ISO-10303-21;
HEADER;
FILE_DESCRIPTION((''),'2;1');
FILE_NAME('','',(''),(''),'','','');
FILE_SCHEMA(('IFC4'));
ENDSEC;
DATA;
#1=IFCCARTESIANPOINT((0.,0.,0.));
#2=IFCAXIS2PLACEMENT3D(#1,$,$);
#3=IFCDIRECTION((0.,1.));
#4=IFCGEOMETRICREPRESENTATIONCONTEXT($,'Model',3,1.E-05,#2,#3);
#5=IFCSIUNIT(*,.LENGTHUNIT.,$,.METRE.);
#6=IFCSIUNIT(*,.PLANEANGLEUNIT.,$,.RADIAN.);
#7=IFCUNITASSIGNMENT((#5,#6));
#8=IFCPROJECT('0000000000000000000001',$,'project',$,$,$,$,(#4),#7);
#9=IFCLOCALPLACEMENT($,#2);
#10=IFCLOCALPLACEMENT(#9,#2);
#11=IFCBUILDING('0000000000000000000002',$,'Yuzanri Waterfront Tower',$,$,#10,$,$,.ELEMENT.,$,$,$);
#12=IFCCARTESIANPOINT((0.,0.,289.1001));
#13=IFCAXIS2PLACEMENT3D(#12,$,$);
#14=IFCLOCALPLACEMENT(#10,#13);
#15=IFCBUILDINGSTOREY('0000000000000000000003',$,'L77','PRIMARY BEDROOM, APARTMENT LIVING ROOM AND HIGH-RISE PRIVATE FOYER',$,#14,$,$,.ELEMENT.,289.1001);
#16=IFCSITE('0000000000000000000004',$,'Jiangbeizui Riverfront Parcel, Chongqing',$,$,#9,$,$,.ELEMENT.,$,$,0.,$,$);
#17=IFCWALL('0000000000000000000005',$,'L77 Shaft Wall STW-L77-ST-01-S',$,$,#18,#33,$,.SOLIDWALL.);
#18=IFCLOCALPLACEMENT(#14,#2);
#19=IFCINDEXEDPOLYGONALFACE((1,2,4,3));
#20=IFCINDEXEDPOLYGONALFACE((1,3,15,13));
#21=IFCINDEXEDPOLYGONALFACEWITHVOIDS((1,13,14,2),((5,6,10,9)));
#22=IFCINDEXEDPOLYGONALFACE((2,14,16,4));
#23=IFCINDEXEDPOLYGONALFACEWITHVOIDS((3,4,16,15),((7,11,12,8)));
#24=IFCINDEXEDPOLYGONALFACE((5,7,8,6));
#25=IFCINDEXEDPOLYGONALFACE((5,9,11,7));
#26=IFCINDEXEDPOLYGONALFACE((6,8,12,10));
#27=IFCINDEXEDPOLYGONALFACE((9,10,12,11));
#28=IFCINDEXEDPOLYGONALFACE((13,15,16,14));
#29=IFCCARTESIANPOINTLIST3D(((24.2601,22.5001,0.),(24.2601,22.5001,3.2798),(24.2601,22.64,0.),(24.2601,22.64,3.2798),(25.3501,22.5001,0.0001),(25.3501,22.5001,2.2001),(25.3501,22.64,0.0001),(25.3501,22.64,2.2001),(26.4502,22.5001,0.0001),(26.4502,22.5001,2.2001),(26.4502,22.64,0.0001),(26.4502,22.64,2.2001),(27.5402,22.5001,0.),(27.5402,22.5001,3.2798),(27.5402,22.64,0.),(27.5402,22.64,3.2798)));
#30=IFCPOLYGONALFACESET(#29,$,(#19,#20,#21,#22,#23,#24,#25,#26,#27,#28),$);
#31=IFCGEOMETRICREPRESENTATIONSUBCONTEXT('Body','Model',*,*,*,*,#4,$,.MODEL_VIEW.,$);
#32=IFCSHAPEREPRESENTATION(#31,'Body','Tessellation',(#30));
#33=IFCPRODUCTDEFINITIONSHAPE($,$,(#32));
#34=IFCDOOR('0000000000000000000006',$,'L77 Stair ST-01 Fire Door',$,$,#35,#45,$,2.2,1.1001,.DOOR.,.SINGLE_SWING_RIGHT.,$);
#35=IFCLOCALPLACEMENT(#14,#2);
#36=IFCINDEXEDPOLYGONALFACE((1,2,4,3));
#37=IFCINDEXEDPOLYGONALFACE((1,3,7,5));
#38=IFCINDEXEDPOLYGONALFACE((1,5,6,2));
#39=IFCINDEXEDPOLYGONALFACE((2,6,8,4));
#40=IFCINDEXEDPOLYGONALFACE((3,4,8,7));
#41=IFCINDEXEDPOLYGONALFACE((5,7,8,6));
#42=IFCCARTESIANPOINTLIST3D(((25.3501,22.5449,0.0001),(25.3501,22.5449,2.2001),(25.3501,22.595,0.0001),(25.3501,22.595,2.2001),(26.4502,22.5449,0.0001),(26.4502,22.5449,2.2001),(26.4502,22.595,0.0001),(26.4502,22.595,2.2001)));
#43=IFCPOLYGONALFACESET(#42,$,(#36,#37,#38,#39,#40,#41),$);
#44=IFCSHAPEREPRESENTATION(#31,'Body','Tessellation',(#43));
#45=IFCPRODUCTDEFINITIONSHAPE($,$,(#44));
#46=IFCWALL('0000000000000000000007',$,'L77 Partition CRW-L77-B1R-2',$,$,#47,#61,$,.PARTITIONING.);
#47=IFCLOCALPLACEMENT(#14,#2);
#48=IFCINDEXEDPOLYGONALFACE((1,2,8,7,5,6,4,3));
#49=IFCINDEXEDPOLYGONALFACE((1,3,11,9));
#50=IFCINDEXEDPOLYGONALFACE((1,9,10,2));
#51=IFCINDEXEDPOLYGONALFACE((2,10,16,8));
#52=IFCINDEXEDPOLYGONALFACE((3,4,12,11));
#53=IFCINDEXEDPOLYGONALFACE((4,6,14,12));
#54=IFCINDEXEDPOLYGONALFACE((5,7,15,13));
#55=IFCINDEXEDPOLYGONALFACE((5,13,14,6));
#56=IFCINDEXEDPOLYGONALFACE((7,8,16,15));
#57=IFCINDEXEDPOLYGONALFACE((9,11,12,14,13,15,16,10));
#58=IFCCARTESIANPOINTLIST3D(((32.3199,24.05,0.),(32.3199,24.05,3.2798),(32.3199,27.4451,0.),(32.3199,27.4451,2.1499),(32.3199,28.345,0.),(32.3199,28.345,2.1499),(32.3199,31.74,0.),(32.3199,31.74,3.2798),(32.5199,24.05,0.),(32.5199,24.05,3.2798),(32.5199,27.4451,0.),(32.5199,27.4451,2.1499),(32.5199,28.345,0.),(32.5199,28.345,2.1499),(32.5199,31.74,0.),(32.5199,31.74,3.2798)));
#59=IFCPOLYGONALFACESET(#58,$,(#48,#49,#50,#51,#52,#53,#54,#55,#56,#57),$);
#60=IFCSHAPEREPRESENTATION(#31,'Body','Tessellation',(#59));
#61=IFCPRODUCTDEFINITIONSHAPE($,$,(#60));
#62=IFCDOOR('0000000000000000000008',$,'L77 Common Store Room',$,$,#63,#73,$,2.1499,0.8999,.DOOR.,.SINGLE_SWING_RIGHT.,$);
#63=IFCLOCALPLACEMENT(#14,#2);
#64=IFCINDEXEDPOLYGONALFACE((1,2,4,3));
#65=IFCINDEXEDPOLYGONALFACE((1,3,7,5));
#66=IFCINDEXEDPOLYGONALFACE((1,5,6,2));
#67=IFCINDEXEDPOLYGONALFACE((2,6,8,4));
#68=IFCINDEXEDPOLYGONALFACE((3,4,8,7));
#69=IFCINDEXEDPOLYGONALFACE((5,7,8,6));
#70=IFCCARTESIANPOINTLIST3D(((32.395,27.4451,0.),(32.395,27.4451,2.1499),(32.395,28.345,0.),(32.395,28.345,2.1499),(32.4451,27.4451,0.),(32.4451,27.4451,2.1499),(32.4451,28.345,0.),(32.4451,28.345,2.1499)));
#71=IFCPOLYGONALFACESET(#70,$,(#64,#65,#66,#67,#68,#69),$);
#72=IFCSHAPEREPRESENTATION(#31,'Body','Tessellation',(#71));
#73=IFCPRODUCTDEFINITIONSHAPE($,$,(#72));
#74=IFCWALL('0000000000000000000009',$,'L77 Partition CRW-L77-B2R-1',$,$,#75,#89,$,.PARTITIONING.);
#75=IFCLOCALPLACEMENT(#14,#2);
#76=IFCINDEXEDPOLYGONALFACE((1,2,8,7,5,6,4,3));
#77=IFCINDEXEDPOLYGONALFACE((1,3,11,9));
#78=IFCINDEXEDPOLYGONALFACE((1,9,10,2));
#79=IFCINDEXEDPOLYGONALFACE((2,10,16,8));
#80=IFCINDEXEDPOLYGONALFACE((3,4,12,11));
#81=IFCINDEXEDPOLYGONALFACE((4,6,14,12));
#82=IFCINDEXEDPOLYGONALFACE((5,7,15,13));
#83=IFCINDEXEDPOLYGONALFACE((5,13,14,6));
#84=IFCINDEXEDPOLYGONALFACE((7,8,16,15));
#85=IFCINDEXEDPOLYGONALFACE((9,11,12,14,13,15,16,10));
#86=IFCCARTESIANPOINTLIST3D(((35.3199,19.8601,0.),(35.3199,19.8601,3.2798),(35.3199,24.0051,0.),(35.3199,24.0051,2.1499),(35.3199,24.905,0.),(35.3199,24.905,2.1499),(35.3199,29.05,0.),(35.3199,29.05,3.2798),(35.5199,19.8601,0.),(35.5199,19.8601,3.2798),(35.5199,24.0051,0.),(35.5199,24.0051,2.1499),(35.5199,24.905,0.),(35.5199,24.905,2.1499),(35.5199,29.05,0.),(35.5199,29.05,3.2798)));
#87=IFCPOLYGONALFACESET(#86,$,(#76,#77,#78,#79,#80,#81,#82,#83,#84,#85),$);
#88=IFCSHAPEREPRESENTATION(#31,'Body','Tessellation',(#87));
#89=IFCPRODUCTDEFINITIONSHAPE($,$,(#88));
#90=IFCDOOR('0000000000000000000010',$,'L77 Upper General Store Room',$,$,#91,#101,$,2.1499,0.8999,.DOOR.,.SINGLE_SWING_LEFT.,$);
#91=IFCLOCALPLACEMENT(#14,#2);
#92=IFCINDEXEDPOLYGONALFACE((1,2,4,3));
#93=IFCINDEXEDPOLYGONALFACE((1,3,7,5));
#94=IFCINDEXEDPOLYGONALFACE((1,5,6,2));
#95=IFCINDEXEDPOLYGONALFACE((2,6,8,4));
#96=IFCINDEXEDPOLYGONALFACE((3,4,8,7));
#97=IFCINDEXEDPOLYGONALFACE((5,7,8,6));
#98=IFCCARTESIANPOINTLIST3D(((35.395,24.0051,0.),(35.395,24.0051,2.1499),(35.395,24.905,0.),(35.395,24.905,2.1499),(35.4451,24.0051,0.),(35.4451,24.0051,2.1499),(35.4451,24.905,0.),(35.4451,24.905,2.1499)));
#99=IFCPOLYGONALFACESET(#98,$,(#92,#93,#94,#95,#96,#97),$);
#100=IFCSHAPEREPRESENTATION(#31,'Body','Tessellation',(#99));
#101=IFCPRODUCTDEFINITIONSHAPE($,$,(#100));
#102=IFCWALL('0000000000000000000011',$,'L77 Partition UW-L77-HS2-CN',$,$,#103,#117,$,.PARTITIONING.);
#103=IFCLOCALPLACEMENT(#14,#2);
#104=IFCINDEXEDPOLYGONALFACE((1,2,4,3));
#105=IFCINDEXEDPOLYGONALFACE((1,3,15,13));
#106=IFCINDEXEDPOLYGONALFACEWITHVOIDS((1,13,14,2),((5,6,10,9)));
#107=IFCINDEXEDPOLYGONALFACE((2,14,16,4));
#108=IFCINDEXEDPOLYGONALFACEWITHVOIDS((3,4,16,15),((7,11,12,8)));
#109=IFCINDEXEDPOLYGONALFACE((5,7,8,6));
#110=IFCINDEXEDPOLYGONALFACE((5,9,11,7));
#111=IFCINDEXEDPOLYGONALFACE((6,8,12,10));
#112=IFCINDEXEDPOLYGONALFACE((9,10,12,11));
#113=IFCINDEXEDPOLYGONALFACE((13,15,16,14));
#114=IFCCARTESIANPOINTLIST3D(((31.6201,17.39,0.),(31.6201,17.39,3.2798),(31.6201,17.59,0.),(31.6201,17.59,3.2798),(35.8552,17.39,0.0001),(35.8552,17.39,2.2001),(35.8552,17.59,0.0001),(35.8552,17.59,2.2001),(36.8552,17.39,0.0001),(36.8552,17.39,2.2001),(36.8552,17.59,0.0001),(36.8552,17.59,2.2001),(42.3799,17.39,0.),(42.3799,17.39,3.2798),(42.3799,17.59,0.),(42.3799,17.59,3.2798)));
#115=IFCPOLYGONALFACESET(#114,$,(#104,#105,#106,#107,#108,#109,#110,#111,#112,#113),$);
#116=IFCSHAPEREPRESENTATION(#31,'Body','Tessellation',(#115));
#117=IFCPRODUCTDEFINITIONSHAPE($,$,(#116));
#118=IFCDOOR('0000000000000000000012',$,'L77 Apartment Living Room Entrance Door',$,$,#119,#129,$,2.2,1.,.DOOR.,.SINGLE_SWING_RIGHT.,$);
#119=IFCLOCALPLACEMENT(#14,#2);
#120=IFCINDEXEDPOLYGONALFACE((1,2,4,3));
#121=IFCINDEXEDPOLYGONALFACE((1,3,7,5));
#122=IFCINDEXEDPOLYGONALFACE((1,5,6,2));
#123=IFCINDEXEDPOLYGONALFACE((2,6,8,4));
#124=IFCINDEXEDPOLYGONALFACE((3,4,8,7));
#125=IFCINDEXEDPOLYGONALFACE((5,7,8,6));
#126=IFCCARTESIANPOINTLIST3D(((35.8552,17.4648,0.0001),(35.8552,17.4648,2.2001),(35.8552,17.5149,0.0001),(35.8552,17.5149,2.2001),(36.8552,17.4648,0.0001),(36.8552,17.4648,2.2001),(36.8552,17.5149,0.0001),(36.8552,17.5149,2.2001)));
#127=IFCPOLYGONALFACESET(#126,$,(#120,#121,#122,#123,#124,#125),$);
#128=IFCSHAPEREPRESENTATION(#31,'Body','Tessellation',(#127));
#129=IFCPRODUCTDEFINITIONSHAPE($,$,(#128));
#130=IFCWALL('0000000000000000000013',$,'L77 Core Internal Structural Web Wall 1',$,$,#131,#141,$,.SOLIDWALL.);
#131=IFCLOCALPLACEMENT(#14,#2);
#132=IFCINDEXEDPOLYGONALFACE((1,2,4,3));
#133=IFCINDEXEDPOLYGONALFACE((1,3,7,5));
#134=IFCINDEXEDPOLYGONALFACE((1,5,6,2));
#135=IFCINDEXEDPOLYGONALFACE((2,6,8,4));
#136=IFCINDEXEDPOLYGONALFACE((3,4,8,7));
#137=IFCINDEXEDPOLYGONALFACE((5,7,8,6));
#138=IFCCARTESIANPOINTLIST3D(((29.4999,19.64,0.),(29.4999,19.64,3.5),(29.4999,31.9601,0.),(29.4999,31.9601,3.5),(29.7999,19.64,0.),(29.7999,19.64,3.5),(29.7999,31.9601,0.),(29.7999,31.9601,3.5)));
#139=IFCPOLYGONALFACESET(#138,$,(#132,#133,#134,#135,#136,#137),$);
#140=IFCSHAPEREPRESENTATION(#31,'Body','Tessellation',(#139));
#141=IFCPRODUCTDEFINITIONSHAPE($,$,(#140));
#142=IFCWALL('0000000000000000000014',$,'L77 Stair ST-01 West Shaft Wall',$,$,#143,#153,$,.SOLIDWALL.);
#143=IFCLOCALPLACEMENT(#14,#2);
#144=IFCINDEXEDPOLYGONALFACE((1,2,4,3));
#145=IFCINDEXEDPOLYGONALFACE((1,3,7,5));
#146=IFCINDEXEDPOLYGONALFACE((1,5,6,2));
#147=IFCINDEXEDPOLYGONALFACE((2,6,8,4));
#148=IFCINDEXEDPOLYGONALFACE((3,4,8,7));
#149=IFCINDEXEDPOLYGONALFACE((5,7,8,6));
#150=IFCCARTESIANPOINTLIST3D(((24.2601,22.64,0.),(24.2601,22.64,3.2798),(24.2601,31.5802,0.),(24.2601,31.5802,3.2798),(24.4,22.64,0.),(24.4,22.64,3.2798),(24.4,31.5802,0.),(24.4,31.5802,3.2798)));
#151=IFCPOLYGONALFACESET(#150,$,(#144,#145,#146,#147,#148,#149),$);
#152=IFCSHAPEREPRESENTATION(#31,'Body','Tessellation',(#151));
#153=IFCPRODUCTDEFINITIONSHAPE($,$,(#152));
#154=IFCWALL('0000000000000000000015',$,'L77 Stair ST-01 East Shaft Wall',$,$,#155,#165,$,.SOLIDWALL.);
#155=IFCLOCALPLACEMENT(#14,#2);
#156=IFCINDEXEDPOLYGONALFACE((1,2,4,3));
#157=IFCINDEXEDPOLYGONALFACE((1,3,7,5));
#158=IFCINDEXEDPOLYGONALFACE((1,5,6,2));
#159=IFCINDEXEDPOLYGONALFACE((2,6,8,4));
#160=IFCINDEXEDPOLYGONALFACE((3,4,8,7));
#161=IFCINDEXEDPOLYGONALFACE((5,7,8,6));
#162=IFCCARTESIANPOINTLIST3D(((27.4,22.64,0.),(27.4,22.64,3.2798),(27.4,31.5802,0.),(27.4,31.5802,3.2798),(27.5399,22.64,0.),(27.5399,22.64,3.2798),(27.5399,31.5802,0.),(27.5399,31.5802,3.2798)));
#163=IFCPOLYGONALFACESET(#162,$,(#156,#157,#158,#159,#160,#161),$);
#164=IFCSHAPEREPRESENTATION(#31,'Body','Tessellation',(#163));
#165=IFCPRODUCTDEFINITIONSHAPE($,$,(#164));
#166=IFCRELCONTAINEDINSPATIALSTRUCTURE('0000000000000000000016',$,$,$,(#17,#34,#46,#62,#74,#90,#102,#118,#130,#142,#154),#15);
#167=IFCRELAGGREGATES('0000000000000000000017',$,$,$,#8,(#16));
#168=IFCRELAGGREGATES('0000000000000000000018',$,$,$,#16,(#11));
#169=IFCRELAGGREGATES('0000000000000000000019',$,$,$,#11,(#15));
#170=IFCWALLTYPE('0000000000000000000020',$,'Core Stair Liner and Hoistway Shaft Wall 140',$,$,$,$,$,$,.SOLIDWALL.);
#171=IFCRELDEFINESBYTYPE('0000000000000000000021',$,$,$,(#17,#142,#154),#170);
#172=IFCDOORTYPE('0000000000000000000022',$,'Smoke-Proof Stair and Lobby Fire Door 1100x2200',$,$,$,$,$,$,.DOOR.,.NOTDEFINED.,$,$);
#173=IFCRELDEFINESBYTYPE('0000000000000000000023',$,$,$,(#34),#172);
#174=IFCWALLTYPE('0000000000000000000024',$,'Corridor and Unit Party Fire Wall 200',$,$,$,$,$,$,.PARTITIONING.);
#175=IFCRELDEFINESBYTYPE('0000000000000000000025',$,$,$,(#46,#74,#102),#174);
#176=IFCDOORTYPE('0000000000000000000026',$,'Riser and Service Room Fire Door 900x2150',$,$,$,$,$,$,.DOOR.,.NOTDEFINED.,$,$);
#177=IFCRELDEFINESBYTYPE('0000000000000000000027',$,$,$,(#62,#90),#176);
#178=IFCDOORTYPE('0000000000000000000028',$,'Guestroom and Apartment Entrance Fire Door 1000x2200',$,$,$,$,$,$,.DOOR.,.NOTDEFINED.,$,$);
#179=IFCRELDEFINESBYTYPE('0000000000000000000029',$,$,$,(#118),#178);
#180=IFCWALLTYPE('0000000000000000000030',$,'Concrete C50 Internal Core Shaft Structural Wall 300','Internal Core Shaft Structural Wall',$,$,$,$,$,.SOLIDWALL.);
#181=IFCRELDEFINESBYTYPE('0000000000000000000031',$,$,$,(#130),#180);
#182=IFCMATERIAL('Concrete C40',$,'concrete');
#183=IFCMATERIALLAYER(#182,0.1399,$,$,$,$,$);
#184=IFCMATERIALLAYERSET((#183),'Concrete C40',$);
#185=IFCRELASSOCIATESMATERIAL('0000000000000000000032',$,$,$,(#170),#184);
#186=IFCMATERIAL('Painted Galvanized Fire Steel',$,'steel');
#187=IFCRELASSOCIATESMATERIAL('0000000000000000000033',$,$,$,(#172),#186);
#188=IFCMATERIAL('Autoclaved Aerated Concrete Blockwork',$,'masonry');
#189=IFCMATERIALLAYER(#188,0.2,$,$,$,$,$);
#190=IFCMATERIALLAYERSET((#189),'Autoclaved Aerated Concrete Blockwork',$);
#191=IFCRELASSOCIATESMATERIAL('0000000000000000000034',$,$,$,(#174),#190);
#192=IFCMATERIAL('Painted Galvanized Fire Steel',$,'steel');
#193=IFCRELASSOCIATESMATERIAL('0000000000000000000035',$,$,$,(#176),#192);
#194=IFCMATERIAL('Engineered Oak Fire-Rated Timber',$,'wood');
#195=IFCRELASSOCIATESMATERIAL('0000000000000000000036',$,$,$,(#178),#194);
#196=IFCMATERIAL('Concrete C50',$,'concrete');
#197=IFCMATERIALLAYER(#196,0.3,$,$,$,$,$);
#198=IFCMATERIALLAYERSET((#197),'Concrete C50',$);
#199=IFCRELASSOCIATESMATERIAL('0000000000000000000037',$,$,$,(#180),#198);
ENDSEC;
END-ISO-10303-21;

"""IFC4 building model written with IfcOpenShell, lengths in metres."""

from ifc_helpers import new_model, si_unit, direction, frame, frame_2d, origin, place, context, subcontext, project, spatial, rectangle, extrude, source, transform, mapped, material, layer, layer_set, type_object, element, fill, save


model = new_model("IFC4")

# Units and contexts
model_context = context("Model", 3, precision=1e-05, world=origin(), true_north=direction((0.0, 1.0)))
body_context = subcontext(model_context, "Body", "Model", "MODEL_VIEW")
ifc_project = project(units=[si_unit("LENGTHUNIT", "METRE"), si_unit("PLANEANGLEUNIT", "RADIAN")], contexts=[model_context])

# Site, building, storey
site_placement = place(None, origin())
site = spatial("IfcSite", under=ifc_project, at=site_placement, Name="Jiangbeizui Riverfront Parcel, Chongqing", CompositionType="ELEMENT", RefElevation=0.0)
building_placement = place(site_placement, origin())
building = spatial("IfcBuilding", under=site, at=building_placement, Name="Yuzanri Waterfront Tower", CompositionType="ELEMENT")
storey_placement = place(building_placement, frame((0.0, 0.0, 289.1001)))
storey = spatial("IfcBuildingStorey", under=building, at=storey_placement, Name="L77", Description="PRIMARY BEDROOM, APARTMENT LIVING ROOM AND HIGH-RISE PRIVATE FOYER", CompositionType="ELEMENT", Elevation=289.1001)

# Walls, openings, doors
ifc_material_1 = material(Name="Concrete C40", Category="concrete")
ifc_layer_1 = layer(ifc_material_1, 0.1399)
ifc_layer_set_1 = layer_set([ifc_layer_1], Name="Concrete C40")
wall_type_1 = type_object("IfcWallType", Name="Core Stair Liner and Hoistway Shaft Wall 140", PredefinedType="SOLIDWALL", material=ifc_layer_set_1)
wall_1_placement = place(storey_placement, frame((24.26, 22.5701, 0.0), z_axis=(0.0, 0.0, 1.0), x_axis=(1.0, 0.0, 0.0)))
wall_1 = element("IfcWall", 1, at=wall_1_placement, inside=storey, type_object=wall_type_1, Name="L77 Shaft Wall STW-L77-ST-01-S", PredefinedType="SOLIDWALL", context=body_context, shape_type="SweptSolid", body=[
    extrude(rectangle(XDim=3.28, YDim=0.1399, at=frame_2d((1.6401, 0.0))), origin(), (0.0, 0.0, 1.0), 3.2798),
])
opening_1_placement = place(wall_1_placement, frame((1.0901, 0.0, 0.0)))
opening_1 = element("IfcOpeningElement", 2, at=opening_1_placement, cuts=wall_1, PredefinedType="OPENING", context=body_context, shape_type="SweptSolid", body=[
    extrude(rectangle(XDim=1.1001, YDim=2.2, at=frame_2d((0.55, 1.1001))), frame((0.0, 0.085, 0.0), z_axis=(0.0, -1.0, 0.0), x_axis=(1.0, 0.0, 0.0)), (0.0, 0.0, 1.0), 0.1697),
])
ifc_material_2 = material(Name="Painted Galvanized Fire Steel", Category="steel")
door_type_1 = type_object("IfcDoorType", Name="Smoke-Proof Stair and Lobby Fire Door 1100x2200", OperationType="NOTDEFINED", PredefinedType="DOOR", material=ifc_material_2)
shared_shape_1 = source(origin(), body_context, "Body", "SweptSolid", [
    extrude(rectangle(XDim=1.1001, YDim=2.2, at=frame_2d((0.55, 1.1001))), frame((0.0, 0.0249, 0.0), z_axis=(0.0, -1.0, 0.0), x_axis=(1.0, 0.0, 0.0)), (0.0, 0.0, 1.0), 0.05),
])
door_1_placement = place(opening_1_placement, origin())
door_1 = element("IfcDoor", 3, at=door_1_placement, inside=storey, type_object=door_type_1, Name="L77 Stair ST-01 Fire Door", OperationType="SINGLE_SWING_RIGHT", OverallHeight=2.2, OverallWidth=1.1001, PredefinedType="DOOR", context=body_context, shape_type="MappedRepresentation", body=[
    mapped(shared_shape_1, transform((0.0, 0.0, 0.0), scale=1.0)),
])
fill(opening_1, door_1)
ifc_material_3 = material(Name="Autoclaved Aerated Concrete Blockwork", Category="masonry")
ifc_layer_2 = layer(ifc_material_3, 0.2)
ifc_layer_set_2 = layer_set([ifc_layer_2], Name="Autoclaved Aerated Concrete Blockwork")
wall_type_2 = type_object("IfcWallType", Name="Corridor and Unit Party Fire Wall 200", PredefinedType="PARTITIONING", material=ifc_layer_set_2)
ifc_material_4 = material(Name="Painted Galvanized Fire Steel", Category="steel")
door_type_2 = type_object("IfcDoorType", Name="Riser and Service Room Fire Door 900x2150", OperationType="NOTDEFINED", PredefinedType="DOOR", material=ifc_material_4)
shared_shape_2 = source(origin(), body_context, "Body", "SweptSolid", [
    extrude(rectangle(XDim=0.8999, YDim=2.1499, at=frame_2d((0.45, 1.075))), frame((0.0, 0.0249, 0.0), z_axis=(0.0, -1.0, 0.0), x_axis=(1.0, 0.0, 0.0)), (0.0, 0.0, 1.0), 0.05),
])
wall_2_placement = place(storey_placement, frame((32.4199, 24.05, 0.0), z_axis=(0.0, 0.0, 1.0), x_axis=(0.0, 1.0, 0.0)))
wall_2 = element("IfcWall", 4, at=wall_2_placement, inside=storey, type_object=wall_type_2, Name="L77 Partition CRW-L77-B1R-2", PredefinedType="PARTITIONING", context=body_context, shape_type="SweptSolid", body=[
    extrude(rectangle(XDim=7.6899, YDim=0.2, at=frame_2d((3.845, 0.0))), origin(), (0.0, 0.0, 1.0), 3.2798),
])
opening_2_placement = place(wall_2_placement, frame((3.395, 0.0, 0.0)))
opening_2 = element("IfcOpeningElement", 5, at=opening_2_placement, cuts=wall_2, PredefinedType="OPENING", context=body_context, shape_type="SweptSolid", body=[
    extrude(rectangle(XDim=0.8999, YDim=2.1499, at=frame_2d((0.45, 1.075))), frame((0.0, 0.1147, 0.0), z_axis=(0.0, -1.0, 0.0), x_axis=(1.0, 0.0, 0.0)), (0.0, 0.0, 1.0), 0.2297),
])
door_2_placement = place(opening_2_placement, origin())
door_2 = element("IfcDoor", 6, at=door_2_placement, inside=storey, type_object=door_type_2, Name="L77 Common Store Room", OperationType="SINGLE_SWING_RIGHT", OverallHeight=2.1499, OverallWidth=0.8999, PredefinedType="DOOR", context=body_context, shape_type="MappedRepresentation", body=[
    mapped(shared_shape_2, transform((0.0, 0.0, 0.0), scale=1.0)),
])
fill(opening_2, door_2)
wall_3_placement = place(storey_placement, frame((35.4199, 19.8601, 0.0), z_axis=(0.0, 0.0, 1.0), x_axis=(0.0, 1.0, 0.0)))
wall_3 = element("IfcWall", 7, at=wall_3_placement, inside=storey, type_object=wall_type_2, Name="L77 Partition CRW-L77-B2R-1", PredefinedType="PARTITIONING", context=body_context, shape_type="SweptSolid", body=[
    extrude(rectangle(XDim=9.1899, YDim=0.2, at=frame_2d((4.595, 0.0))), origin(), (0.0, 0.0, 1.0), 3.2798),
])
opening_3_placement = place(wall_3_placement, frame((4.145, 0.0, 0.0)))
opening_3 = element("IfcOpeningElement", 8, at=opening_3_placement, cuts=wall_3, PredefinedType="OPENING", context=body_context, shape_type="SweptSolid", body=[
    extrude(rectangle(XDim=0.8999, YDim=2.1499, at=frame_2d((0.45, 1.075))), frame((0.0, 0.1147, 0.0), z_axis=(0.0, -1.0, 0.0), x_axis=(1.0, 0.0, 0.0)), (0.0, 0.0, 1.0), 0.2297),
])
door_3_placement = place(opening_3_placement, origin())
door_3 = element("IfcDoor", 9, at=door_3_placement, inside=storey, type_object=door_type_2, Name="L77 Upper General Store Room", OperationType="SINGLE_SWING_LEFT", OverallHeight=2.1499, OverallWidth=0.8999, PredefinedType="DOOR", context=body_context, shape_type="MappedRepresentation", body=[
    mapped(shared_shape_2, transform((0.0, 0.0, 0.0), scale=1.0)),
])
fill(opening_3, door_3)
wall_4_placement = place(storey_placement, frame((31.6201, 17.49, 0.0), z_axis=(0.0, 0.0, 1.0), x_axis=(1.0, 0.0, 0.0)))
wall_4 = element("IfcWall", 10, at=wall_4_placement, inside=storey, type_object=wall_type_2, Name="L77 Partition UW-L77-HS2-CN", PredefinedType="PARTITIONING", context=body_context, shape_type="SweptSolid", body=[
    extrude(rectangle(XDim=10.7598, YDim=0.2, at=frame_2d((5.3799, 0.0))), origin(), (0.0, 0.0, 1.0), 3.2798),
])
opening_4_placement = place(wall_4_placement, frame((4.2351, 0.0, 0.0)))
opening_4 = element("IfcOpeningElement", 11, at=opening_4_placement, cuts=wall_4, PredefinedType="OPENING", context=body_context, shape_type="SweptSolid", body=[
    extrude(rectangle(XDim=1.0, YDim=2.2, at=frame_2d((0.5, 1.1001))), frame((0.0, 0.1147, 0.0), z_axis=(0.0, -1.0, 0.0), x_axis=(1.0, 0.0, 0.0)), (0.0, 0.0, 1.0), 0.2297),
])
ifc_material_5 = material(Name="Engineered Oak Fire-Rated Timber", Category="wood")
door_type_3 = type_object("IfcDoorType", Name="Guestroom and Apartment Entrance Fire Door 1000x2200", OperationType="NOTDEFINED", PredefinedType="DOOR", material=ifc_material_5)
shared_shape_3 = source(origin(), body_context, "Body", "SweptSolid", [
    extrude(rectangle(XDim=1.0, YDim=2.2, at=frame_2d((0.5, 1.1001))), frame((0.0, 0.0249, 0.0), z_axis=(0.0, -1.0, 0.0), x_axis=(1.0, 0.0, 0.0)), (0.0, 0.0, 1.0), 0.05),
])
door_4_placement = place(opening_4_placement, origin())
door_4 = element("IfcDoor", 12, at=door_4_placement, inside=storey, type_object=door_type_3, Name="L77 Apartment Living Room Entrance Door", OperationType="SINGLE_SWING_RIGHT", OverallHeight=2.2, OverallWidth=1.0, PredefinedType="DOOR", context=body_context, shape_type="MappedRepresentation", body=[
    mapped(shared_shape_3, transform((0.0, 0.0, 0.0), scale=1.0)),
])
fill(opening_4, door_4)

# Walls
ifc_material_6 = material(Name="Concrete C50", Category="concrete")
ifc_layer_3 = layer(ifc_material_6, 0.3)
ifc_layer_set_3 = layer_set([ifc_layer_3], Name="Concrete C50")
wall_type_3 = type_object("IfcWallType", Name="Concrete C50 Internal Core Shaft Structural Wall 300", Description="Internal Core Shaft Structural Wall", PredefinedType="SOLIDWALL", material=ifc_layer_set_3)
shared_shape_4 = source(origin(), body_context, "Body", "SweptSolid", [
    extrude(rectangle(XDim=12.3201, YDim=0.3, at=frame_2d((6.1602, 0.0))), origin(), (0.0, 0.0, 1.0), 3.5),
])
wall_5_placement = place(storey_placement, frame((29.6499, 19.6399, 0.0), z_axis=(0.0, 0.0, 1.0), x_axis=(0.0, 1.0, 0.0)))
element("IfcWall", 13, at=wall_5_placement, inside=storey, type_object=wall_type_3, Name="L77 Core Internal Structural Web Wall 1", PredefinedType="SOLIDWALL", context=body_context, shape_type="MappedRepresentation", body=[
    mapped(shared_shape_4, transform((0.0, 0.0, 0.0), scale=1.0)),
])
shared_shape_5 = source(origin(), body_context, "Body", "SweptSolid", [
    extrude(rectangle(XDim=8.9402, YDim=0.1399, at=frame_2d((4.4702, 0.0))), origin(), (0.0, 0.0, 1.0), 3.2798),
])
for number, where, z_axis, x_axis, name in (
    (14, (24.3301, 22.6399, 0.0), (0.0, 0.0, 1.0), (0.0, 1.0, 0.0), "L77 Stair ST-01 West Shaft Wall"),
    (15, (27.47, 22.6399, 0.0), (0.0, 0.0, 1.0), (0.0, 1.0, 0.0), "L77 Stair ST-01 East Shaft Wall"),
):
    element("IfcWall", number, at=place(storey_placement, frame(where, z_axis=z_axis, x_axis=x_axis)), inside=storey, type_object=wall_type_1, Name=name, PredefinedType="SOLIDWALL", context=body_context, shape_type="MappedRepresentation", body=[
        mapped(shared_shape_5, transform((0.0, 0.0, 0.0), scale=1.0)),
    ])

save(model, "model.ifc")
